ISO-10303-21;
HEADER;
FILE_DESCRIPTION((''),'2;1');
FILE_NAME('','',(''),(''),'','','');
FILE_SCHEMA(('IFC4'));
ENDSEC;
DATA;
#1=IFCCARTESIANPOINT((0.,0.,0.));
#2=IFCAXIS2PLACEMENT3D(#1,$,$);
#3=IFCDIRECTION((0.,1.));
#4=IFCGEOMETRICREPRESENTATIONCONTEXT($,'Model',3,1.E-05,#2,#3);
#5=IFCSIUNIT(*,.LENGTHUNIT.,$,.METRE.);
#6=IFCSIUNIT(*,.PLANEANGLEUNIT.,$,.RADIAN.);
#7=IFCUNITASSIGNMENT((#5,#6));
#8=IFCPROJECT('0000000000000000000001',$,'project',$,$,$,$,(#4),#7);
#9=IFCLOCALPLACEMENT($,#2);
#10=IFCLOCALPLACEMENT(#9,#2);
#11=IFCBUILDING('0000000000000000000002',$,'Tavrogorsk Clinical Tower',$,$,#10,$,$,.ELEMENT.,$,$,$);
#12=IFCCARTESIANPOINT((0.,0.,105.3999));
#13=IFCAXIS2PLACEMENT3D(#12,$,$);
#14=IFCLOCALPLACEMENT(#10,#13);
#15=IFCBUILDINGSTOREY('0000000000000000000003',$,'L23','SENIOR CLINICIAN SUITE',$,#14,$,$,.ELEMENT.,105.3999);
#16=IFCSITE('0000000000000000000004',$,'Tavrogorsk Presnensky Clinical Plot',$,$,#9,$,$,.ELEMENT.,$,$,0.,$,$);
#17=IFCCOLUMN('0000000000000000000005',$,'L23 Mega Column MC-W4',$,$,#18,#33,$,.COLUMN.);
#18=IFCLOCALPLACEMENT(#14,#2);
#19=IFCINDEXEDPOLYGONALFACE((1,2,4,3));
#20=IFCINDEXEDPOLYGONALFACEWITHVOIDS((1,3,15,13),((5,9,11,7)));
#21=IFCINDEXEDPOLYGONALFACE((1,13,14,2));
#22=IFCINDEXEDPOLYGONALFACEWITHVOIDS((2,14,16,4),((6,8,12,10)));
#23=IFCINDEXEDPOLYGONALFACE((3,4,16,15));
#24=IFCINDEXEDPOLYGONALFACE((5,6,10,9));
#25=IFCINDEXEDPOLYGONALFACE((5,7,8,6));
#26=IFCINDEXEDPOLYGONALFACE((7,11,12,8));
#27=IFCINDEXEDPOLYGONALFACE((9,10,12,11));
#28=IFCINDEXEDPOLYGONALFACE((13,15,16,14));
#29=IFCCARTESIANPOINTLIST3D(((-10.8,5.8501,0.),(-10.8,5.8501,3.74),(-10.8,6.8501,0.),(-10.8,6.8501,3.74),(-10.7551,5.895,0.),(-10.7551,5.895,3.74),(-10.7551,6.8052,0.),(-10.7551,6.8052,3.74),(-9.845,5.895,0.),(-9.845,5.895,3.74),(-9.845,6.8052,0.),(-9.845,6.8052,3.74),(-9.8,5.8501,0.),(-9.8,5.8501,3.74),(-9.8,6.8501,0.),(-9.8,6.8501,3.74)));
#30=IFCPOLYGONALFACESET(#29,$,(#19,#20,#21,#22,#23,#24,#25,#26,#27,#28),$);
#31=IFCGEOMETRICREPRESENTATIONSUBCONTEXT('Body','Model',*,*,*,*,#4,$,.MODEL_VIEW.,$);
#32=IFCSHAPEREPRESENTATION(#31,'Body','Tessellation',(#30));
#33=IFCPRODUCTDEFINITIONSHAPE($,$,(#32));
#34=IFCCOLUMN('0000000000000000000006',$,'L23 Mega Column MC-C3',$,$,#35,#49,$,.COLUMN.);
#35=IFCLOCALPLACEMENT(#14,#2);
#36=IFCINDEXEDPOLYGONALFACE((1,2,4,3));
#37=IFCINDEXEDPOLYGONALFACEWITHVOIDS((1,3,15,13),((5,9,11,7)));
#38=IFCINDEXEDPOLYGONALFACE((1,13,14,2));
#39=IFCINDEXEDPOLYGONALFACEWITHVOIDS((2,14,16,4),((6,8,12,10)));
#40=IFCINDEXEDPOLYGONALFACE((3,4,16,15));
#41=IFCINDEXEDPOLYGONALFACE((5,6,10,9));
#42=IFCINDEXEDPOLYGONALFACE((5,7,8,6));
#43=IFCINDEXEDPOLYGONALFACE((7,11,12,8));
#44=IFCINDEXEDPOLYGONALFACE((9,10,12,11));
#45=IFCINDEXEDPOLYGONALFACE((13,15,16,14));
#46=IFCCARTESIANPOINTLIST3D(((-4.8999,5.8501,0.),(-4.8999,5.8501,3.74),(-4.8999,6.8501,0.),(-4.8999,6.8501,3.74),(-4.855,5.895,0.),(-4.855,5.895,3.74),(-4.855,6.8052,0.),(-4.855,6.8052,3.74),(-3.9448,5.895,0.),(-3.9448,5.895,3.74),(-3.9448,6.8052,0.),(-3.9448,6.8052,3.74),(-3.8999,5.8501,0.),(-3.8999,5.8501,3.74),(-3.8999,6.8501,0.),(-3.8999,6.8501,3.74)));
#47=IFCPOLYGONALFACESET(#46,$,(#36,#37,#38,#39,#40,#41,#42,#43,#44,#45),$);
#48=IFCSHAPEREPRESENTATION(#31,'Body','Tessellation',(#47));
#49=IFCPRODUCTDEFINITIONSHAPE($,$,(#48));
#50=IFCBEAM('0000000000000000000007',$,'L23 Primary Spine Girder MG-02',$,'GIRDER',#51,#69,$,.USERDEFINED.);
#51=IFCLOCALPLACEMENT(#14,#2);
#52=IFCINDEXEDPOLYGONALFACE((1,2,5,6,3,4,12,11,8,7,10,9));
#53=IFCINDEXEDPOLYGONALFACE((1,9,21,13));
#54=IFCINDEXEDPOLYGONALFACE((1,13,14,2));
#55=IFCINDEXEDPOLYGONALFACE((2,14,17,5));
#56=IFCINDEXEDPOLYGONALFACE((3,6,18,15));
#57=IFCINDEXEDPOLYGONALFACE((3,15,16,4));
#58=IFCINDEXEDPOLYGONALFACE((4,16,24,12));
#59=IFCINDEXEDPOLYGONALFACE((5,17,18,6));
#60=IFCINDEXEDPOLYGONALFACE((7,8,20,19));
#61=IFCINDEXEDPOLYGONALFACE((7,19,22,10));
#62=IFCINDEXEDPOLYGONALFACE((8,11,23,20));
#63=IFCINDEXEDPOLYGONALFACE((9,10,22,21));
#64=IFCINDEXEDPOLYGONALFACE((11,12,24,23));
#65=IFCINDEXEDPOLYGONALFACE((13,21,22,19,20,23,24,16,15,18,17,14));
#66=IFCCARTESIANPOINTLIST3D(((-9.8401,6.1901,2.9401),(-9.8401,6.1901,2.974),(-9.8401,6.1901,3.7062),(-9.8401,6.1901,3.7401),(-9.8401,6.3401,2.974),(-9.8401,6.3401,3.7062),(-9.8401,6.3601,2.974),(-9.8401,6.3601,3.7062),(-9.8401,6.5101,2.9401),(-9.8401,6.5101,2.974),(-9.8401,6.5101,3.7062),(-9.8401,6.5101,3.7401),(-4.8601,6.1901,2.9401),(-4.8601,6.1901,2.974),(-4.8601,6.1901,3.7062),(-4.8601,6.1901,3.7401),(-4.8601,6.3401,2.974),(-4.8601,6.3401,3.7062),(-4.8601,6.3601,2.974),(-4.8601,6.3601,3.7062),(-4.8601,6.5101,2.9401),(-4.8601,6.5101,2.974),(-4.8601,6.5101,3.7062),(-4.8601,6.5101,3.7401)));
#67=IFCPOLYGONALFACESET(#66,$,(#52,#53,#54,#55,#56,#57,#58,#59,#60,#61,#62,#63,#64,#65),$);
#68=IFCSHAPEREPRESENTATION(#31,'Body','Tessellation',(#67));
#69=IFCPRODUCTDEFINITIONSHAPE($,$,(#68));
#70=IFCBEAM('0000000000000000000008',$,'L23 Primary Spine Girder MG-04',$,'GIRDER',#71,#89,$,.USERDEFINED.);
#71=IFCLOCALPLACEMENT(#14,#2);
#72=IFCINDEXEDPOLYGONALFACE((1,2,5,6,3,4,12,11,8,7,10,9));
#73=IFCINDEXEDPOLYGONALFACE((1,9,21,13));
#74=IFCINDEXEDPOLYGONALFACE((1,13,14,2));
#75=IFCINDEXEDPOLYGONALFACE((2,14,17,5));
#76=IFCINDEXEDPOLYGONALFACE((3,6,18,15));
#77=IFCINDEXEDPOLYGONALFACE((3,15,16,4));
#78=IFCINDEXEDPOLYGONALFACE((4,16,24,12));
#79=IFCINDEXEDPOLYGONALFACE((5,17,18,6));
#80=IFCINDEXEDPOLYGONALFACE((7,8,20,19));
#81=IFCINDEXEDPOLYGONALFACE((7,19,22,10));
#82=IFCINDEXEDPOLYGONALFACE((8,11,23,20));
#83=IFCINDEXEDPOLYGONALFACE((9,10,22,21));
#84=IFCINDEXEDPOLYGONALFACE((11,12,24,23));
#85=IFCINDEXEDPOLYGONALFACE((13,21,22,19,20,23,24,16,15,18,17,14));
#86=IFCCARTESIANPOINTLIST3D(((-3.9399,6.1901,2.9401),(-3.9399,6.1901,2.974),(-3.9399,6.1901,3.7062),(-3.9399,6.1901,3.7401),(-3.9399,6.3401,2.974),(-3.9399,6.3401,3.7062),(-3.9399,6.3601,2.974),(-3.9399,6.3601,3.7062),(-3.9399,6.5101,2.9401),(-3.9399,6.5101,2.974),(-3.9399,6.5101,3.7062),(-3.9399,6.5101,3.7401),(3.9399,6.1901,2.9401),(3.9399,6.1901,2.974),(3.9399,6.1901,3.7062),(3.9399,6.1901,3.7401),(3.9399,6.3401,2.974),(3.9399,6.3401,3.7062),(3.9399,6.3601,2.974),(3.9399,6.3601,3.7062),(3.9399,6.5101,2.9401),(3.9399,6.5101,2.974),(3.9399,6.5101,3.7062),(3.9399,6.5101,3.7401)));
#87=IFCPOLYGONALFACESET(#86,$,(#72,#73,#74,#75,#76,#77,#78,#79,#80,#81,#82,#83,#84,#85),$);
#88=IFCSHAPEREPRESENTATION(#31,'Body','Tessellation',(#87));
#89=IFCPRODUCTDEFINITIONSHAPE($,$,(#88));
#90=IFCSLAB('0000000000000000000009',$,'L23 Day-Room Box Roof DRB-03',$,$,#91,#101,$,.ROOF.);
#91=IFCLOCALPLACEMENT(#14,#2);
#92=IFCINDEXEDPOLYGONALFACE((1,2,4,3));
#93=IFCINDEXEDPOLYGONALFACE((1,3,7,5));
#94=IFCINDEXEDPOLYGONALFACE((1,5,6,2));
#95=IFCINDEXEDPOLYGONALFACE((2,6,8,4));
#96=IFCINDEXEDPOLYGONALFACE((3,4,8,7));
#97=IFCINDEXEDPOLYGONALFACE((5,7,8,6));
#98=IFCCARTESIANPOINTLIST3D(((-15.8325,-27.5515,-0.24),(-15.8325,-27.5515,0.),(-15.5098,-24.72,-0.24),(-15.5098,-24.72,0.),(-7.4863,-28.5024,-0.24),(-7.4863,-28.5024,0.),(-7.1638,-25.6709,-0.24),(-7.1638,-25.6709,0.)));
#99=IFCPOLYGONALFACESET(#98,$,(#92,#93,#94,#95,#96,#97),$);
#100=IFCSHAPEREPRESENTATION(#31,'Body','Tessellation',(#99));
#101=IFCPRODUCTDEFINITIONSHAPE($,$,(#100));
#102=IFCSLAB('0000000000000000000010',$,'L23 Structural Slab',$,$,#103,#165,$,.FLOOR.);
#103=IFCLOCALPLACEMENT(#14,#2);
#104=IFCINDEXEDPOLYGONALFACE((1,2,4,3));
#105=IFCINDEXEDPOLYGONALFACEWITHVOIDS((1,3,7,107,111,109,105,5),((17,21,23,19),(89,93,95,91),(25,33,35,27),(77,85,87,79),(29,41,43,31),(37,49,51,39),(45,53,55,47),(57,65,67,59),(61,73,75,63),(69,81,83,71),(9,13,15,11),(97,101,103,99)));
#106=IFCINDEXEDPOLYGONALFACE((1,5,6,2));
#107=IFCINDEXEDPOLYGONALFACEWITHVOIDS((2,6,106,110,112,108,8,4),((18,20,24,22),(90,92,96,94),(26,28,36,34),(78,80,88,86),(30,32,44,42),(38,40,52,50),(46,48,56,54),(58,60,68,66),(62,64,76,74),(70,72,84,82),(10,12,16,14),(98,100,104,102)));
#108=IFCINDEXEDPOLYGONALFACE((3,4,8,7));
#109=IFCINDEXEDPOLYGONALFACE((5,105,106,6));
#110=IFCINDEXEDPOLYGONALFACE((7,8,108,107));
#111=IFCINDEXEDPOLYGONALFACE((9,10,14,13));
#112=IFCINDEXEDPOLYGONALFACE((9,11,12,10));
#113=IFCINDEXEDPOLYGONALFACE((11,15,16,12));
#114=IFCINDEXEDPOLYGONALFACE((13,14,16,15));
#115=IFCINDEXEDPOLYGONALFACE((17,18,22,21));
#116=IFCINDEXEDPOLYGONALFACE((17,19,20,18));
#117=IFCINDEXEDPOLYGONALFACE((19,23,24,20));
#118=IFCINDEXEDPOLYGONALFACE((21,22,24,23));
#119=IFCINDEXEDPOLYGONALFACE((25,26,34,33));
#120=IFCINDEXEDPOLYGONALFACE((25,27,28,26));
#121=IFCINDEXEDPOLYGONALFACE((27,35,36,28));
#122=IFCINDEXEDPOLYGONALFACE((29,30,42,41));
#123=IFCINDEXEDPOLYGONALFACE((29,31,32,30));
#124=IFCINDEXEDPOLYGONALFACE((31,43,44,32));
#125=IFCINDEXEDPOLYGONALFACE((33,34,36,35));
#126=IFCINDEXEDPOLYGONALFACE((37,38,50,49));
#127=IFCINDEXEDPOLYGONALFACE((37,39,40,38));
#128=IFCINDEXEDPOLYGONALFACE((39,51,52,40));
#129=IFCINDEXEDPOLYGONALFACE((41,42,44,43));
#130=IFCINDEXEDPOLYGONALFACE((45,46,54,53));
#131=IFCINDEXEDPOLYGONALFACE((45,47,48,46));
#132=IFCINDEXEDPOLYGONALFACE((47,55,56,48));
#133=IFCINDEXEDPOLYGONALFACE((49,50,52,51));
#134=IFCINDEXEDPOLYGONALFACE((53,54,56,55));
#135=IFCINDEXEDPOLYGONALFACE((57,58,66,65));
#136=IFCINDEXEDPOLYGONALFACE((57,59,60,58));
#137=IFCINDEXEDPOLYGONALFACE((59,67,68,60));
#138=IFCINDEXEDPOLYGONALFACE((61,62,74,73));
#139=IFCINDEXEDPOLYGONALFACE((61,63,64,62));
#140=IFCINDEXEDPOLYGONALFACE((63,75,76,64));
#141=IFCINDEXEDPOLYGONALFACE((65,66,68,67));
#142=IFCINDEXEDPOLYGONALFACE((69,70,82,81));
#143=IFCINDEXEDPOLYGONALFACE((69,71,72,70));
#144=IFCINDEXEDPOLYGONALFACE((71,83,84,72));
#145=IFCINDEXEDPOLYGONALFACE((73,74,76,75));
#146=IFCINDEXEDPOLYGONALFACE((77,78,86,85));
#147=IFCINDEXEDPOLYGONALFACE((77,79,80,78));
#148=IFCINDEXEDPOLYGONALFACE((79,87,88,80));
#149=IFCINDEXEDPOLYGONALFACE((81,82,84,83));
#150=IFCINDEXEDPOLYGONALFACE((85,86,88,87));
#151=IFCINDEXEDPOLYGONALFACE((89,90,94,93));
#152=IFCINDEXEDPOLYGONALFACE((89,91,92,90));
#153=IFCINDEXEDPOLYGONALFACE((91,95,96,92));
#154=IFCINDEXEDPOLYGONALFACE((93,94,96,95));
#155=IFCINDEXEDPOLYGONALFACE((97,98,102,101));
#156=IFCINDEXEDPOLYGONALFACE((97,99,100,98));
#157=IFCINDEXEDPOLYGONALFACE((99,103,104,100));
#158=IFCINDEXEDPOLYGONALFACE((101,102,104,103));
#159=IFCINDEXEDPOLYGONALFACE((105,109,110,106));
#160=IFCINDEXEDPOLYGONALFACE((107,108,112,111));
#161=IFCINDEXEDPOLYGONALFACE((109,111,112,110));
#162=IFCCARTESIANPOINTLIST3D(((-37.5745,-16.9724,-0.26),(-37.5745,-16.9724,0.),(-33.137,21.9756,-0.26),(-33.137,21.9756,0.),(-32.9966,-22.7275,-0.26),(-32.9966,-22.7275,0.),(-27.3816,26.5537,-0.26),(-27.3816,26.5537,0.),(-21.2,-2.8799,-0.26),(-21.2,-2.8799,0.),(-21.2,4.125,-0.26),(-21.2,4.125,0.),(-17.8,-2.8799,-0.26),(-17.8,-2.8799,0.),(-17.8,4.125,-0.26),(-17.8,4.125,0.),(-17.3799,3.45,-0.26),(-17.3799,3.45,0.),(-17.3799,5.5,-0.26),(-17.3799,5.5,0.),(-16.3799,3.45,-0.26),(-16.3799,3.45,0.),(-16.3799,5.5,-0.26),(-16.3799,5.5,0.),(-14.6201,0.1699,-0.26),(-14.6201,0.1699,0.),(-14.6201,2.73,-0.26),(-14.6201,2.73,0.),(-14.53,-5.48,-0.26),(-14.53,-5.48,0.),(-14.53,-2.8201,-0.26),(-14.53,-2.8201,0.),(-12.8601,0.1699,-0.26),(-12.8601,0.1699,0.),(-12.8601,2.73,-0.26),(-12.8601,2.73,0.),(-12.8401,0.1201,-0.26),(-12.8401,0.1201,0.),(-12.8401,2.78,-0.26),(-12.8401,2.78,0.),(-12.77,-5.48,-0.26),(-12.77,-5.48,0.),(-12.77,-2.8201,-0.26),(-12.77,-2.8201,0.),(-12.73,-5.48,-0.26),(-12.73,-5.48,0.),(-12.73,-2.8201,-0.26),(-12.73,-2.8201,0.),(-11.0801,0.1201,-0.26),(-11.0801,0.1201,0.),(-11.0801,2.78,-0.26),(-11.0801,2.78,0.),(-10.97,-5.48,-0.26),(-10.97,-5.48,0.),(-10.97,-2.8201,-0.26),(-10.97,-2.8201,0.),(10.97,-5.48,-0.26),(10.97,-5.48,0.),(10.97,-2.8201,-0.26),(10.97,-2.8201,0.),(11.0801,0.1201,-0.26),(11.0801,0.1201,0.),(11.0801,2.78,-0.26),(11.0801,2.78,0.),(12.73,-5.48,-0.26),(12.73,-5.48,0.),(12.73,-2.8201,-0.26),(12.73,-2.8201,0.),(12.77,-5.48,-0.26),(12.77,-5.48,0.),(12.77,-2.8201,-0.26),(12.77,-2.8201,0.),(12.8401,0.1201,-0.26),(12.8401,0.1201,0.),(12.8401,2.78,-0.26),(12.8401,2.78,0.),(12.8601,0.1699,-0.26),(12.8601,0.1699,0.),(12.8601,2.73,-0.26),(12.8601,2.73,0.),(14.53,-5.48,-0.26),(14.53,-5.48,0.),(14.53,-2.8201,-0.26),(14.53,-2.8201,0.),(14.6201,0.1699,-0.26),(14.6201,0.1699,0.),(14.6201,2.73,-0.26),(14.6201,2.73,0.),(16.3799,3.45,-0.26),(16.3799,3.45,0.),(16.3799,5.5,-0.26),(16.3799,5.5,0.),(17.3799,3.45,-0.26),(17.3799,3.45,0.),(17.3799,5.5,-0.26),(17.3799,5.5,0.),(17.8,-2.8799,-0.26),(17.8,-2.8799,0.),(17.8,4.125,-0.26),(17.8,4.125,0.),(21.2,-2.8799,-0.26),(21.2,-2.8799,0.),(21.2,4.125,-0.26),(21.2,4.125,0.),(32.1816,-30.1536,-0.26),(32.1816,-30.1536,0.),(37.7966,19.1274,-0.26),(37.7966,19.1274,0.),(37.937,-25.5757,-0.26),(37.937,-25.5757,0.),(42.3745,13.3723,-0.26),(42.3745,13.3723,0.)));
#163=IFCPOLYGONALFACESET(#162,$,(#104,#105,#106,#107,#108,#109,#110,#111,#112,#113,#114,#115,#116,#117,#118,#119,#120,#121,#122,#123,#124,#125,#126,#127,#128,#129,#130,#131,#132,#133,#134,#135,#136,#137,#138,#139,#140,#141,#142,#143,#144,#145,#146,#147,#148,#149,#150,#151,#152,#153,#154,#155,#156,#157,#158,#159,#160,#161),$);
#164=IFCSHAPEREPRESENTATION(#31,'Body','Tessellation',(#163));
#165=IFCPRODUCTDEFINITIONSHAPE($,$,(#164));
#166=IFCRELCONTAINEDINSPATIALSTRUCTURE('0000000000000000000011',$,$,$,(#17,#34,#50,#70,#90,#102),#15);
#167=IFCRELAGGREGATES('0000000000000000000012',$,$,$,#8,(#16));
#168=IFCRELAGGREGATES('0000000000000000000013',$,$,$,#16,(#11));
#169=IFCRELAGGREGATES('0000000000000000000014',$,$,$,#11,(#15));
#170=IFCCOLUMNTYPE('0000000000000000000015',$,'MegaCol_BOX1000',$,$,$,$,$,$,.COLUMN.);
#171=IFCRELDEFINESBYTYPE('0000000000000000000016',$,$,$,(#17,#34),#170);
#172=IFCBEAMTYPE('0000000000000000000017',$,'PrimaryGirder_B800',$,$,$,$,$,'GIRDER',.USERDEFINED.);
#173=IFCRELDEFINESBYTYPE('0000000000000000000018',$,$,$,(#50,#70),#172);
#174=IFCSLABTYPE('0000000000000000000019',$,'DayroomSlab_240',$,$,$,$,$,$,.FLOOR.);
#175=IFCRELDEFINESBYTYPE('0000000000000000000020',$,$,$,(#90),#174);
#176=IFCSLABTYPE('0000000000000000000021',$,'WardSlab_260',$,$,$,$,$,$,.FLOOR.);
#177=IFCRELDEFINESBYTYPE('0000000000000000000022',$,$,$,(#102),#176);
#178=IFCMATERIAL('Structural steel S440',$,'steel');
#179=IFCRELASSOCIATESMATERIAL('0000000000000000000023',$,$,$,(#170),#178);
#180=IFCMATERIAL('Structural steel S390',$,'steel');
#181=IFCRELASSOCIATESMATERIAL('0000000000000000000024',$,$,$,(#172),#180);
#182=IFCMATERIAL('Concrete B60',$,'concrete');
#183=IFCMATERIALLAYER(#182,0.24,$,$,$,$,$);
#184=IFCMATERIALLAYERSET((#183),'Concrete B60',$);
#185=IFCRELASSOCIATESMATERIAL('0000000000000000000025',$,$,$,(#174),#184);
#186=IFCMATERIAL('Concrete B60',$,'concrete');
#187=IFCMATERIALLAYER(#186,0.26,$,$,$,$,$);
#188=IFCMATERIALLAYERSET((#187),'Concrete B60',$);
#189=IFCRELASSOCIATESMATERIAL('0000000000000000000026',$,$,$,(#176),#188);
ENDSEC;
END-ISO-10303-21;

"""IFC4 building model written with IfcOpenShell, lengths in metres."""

from ifc_helpers import new_model, si_unit, direction, frame, origin, origin_2d, place, context, subcontext, project, spatial, polyline, hollow_rectangle, i_section, outline, extrude, material, layer, layer_set, material_profile, profile_set, type_object, element, save


model = new_model("IFC4")

# Units and contexts
model_context = context("Model", 3, precision=1e-05, world=origin(), true_north=direction((0.0, 1.0)))
body_context = subcontext(model_context, "Body", "Model", "MODEL_VIEW")
ifc_project = project(units=[si_unit("LENGTHUNIT", "METRE"), si_unit("PLANEANGLEUNIT", "RADIAN")], contexts=[model_context])

# Site, building, storey
site_placement = place(None, origin())
site = spatial("IfcSite", under=ifc_project, at=site_placement, Name="Tavrogorsk Presnensky Clinical Plot", CompositionType="ELEMENT", RefElevation=0.0)
building_placement = place(site_placement, origin())
building = spatial("IfcBuilding", under=site, at=building_placement, Name="Tavrogorsk Clinical Tower", CompositionType="ELEMENT")
storey_placement = place(building_placement, frame((0.0, 0.0, 105.3999)))
storey = spatial("IfcBuildingStorey", under=building, at=storey_placement, Name="L23", Description="SENIOR CLINICIAN SUITE", CompositionType="ELEMENT", Elevation=105.3999)

# Columns
ifc_material_1 = material(Name="Structural steel S440", Category="steel")
ifc_material_profile_1 = material_profile(ifc_material_1, hollow_rectangle(XDim=1.0, YDim=1.0, WallThickness=0.0449, at=origin_2d()), Name="BOX-1000x1000x45")
ifc_profile_set_1 = profile_set([ifc_material_profile_1], Name="Structural steel S440")
column_type = type_object("IfcColumnType", Name="MegaCol_BOX1000", PredefinedType="COLUMN", material=ifc_profile_set_1)
for number, where, z_axis, x_axis, name in (
    (1, (-10.3, 6.3501, 0.0), (0.0, 0.0, 1.0), (1.0, 0.0, 0.0), "L23 Mega Column MC-W4"),
    (2, (-4.3999, 6.3501, 0.0), (0.0, 0.0, 1.0), (1.0, 0.0, 0.0), "L23 Mega Column MC-C3"),
):
    element("IfcColumn", number, at=place(storey_placement, frame(where, z_axis=z_axis, x_axis=x_axis)), inside=storey, type_object=column_type, Name=name, PredefinedType="COLUMN", context=body_context, shape_type="SweptSolid", body=[
        extrude(hollow_rectangle(XDim=1.0, YDim=1.0, WallThickness=0.0449, at=origin_2d()), origin(), (0.0, 0.0, 1.0), 3.74),
    ])

# Beams
ifc_material_2 = material(Name="Structural steel S390", Category="steel")
ifc_material_profile_2 = material_profile(ifc_material_2, i_section(OverallWidth=0.3201, OverallDepth=0.8, WebThickness=0.02, FlangeThickness=0.0339, at=origin_2d()), Name="B-800x320x20x34")
ifc_profile_set_2 = profile_set([ifc_material_profile_2], Name="Structural steel S390")
beam_type = type_object("IfcBeamType", Name="PrimaryGirder_B800", ElementType="GIRDER", PredefinedType="USERDEFINED", material=ifc_profile_set_2)
beam_1_placement = place(storey_placement, frame((-9.8401, 6.3501, 3.3401), z_axis=(1.0, 0.0, 0.0), x_axis=(0.0, 1.0, 0.0)))
element("IfcBeam", 3, at=beam_1_placement, inside=storey, type_object=beam_type, Name="L23 Primary Spine Girder MG-02", ObjectType="GIRDER", PredefinedType="USERDEFINED", context=body_context, shape_type="SweptSolid", body=[
    extrude(i_section(OverallWidth=0.3201, OverallDepth=0.8, WebThickness=0.02, FlangeThickness=0.0339, at=origin_2d()), origin(), (0.0, 0.0, 1.0), 4.98),
])
beam_2_placement = place(storey_placement, frame((-3.9399, 6.3501, 3.3401), z_axis=(1.0, 0.0, 0.0), x_axis=(0.0, 1.0, 0.0)))
element("IfcBeam", 4, at=beam_2_placement, inside=storey, type_object=beam_type, Name="L23 Primary Spine Girder MG-04", ObjectType="GIRDER", PredefinedType="USERDEFINED", context=body_context, shape_type="SweptSolid", body=[
    extrude(i_section(OverallWidth=0.3201, OverallDepth=0.8, WebThickness=0.02, FlangeThickness=0.0339, at=origin_2d()), origin(), (0.0, 0.0, 1.0), 7.8799),
])

# Slabs
ifc_material_3 = material(Name="Concrete B60", Category="concrete")
ifc_layer_1 = layer(ifc_material_3, 0.24)
ifc_layer_set_1 = layer_set([ifc_layer_1], Name="Concrete B60")
slab_type_1 = type_object("IfcSlabType", Name="DayroomSlab_240", PredefinedType="FLOOR", material=ifc_layer_set_1)
slab_1_placement = place(storey_placement, frame((0.0, 0.0, -0.24)))
element("IfcSlab", 5, at=slab_1_placement, inside=storey, type_object=slab_type_1, Name="L23 Day-Room Box Roof DRB-03", PredefinedType="ROOF", context=body_context, shape_type="SweptSolid", body=[
    extrude(outline(polyline([(-7.4863, -28.5024), (-15.8325, -27.5515), (-15.5098, -24.72), (-7.1638, -25.6709), (-7.4863, -28.5024)])), origin(), (0.0, 0.0, 1.0), 0.24),
])
ifc_material_4 = material(Name="Concrete B60", Category="concrete")
ifc_layer_2 = layer(ifc_material_4, 0.26)
ifc_layer_set_2 = layer_set([ifc_layer_2], Name="Concrete B60")
slab_type_2 = type_object("IfcSlabType", Name="WardSlab_260", PredefinedType="FLOOR", material=ifc_layer_set_2)
slab_2_placement = place(storey_placement, frame((0.0, 0.0, -0.26)))
element("IfcSlab", 6, at=slab_2_placement, inside=storey, type_object=slab_type_2, Name="L23 Structural Slab", PredefinedType="FLOOR", context=body_context, shape_type="SweptSolid", body=[
    extrude(outline(polyline([(-32.9966, -22.7275), (32.1816, -30.1536), (37.937, -25.5757), (42.3745, 13.3723), (37.7966, 19.1274), (-27.3816, 26.5537), (-33.137, 21.9756), (-37.5745, -16.9724), (-32.9966, -22.7275)]), holes=[polyline([(-17.8, -2.8799), (-17.8, 4.125), (-21.2, 4.125), (-21.2, -2.8799), (-17.8, -2.8799)]), polyline([(21.2, -2.8799), (21.2, 4.125), (17.8, 4.125), (17.8, -2.8799), (21.2, -2.8799)]), polyline([(-14.6201, 0.1699), (-12.8601, 0.1699), (-12.8601, 2.73), (-14.6201, 2.73), (-14.6201, 0.1699)]), polyline([(-14.53, -5.48), (-12.77, -5.48), (-12.77, -2.8201), (-14.53, -2.8201), (-14.53, -5.48)]), polyline([(-12.73, -5.48), (-10.97, -5.48), (-10.97, -2.8201), (-12.73, -2.8201), (-12.73, -5.48)]), polyline([(-12.8401, 0.1201), (-11.0801, 0.1201), (-11.0801, 2.78), (-12.8401, 2.78), (-12.8401, 0.1201)]), polyline([(12.8601, 0.1699), (14.6201, 0.1699), (14.6201, 2.73), (12.8601, 2.73), (12.8601, 0.1699)]), polyline([(12.77, -5.48), (14.53, -5.48), (14.53, -2.8201), (12.77, -2.8201), (12.77, -5.48)]), polyline([(10.97, -5.48), (12.73, -5.48), (12.73, -2.8201), (10.97, -2.8201), (10.97, -5.48)]), polyline([(11.0801, 0.1201), (12.8401, 0.1201), (12.8401, 2.78), (11.0801, 2.78), (11.0801, 0.1201)]), polyline([(-17.3799, 3.45), (-16.3799, 3.45), (-16.3799, 5.5), (-17.3799, 5.5), (-17.3799, 3.45)]), polyline([(16.3799, 3.45), (17.3799, 3.45), (17.3799, 5.5), (16.3799, 5.5), (16.3799, 3.45)])]), origin(), (0.0, 0.0, 1.0), 0.26),
])

save(model, "model.ifc")
